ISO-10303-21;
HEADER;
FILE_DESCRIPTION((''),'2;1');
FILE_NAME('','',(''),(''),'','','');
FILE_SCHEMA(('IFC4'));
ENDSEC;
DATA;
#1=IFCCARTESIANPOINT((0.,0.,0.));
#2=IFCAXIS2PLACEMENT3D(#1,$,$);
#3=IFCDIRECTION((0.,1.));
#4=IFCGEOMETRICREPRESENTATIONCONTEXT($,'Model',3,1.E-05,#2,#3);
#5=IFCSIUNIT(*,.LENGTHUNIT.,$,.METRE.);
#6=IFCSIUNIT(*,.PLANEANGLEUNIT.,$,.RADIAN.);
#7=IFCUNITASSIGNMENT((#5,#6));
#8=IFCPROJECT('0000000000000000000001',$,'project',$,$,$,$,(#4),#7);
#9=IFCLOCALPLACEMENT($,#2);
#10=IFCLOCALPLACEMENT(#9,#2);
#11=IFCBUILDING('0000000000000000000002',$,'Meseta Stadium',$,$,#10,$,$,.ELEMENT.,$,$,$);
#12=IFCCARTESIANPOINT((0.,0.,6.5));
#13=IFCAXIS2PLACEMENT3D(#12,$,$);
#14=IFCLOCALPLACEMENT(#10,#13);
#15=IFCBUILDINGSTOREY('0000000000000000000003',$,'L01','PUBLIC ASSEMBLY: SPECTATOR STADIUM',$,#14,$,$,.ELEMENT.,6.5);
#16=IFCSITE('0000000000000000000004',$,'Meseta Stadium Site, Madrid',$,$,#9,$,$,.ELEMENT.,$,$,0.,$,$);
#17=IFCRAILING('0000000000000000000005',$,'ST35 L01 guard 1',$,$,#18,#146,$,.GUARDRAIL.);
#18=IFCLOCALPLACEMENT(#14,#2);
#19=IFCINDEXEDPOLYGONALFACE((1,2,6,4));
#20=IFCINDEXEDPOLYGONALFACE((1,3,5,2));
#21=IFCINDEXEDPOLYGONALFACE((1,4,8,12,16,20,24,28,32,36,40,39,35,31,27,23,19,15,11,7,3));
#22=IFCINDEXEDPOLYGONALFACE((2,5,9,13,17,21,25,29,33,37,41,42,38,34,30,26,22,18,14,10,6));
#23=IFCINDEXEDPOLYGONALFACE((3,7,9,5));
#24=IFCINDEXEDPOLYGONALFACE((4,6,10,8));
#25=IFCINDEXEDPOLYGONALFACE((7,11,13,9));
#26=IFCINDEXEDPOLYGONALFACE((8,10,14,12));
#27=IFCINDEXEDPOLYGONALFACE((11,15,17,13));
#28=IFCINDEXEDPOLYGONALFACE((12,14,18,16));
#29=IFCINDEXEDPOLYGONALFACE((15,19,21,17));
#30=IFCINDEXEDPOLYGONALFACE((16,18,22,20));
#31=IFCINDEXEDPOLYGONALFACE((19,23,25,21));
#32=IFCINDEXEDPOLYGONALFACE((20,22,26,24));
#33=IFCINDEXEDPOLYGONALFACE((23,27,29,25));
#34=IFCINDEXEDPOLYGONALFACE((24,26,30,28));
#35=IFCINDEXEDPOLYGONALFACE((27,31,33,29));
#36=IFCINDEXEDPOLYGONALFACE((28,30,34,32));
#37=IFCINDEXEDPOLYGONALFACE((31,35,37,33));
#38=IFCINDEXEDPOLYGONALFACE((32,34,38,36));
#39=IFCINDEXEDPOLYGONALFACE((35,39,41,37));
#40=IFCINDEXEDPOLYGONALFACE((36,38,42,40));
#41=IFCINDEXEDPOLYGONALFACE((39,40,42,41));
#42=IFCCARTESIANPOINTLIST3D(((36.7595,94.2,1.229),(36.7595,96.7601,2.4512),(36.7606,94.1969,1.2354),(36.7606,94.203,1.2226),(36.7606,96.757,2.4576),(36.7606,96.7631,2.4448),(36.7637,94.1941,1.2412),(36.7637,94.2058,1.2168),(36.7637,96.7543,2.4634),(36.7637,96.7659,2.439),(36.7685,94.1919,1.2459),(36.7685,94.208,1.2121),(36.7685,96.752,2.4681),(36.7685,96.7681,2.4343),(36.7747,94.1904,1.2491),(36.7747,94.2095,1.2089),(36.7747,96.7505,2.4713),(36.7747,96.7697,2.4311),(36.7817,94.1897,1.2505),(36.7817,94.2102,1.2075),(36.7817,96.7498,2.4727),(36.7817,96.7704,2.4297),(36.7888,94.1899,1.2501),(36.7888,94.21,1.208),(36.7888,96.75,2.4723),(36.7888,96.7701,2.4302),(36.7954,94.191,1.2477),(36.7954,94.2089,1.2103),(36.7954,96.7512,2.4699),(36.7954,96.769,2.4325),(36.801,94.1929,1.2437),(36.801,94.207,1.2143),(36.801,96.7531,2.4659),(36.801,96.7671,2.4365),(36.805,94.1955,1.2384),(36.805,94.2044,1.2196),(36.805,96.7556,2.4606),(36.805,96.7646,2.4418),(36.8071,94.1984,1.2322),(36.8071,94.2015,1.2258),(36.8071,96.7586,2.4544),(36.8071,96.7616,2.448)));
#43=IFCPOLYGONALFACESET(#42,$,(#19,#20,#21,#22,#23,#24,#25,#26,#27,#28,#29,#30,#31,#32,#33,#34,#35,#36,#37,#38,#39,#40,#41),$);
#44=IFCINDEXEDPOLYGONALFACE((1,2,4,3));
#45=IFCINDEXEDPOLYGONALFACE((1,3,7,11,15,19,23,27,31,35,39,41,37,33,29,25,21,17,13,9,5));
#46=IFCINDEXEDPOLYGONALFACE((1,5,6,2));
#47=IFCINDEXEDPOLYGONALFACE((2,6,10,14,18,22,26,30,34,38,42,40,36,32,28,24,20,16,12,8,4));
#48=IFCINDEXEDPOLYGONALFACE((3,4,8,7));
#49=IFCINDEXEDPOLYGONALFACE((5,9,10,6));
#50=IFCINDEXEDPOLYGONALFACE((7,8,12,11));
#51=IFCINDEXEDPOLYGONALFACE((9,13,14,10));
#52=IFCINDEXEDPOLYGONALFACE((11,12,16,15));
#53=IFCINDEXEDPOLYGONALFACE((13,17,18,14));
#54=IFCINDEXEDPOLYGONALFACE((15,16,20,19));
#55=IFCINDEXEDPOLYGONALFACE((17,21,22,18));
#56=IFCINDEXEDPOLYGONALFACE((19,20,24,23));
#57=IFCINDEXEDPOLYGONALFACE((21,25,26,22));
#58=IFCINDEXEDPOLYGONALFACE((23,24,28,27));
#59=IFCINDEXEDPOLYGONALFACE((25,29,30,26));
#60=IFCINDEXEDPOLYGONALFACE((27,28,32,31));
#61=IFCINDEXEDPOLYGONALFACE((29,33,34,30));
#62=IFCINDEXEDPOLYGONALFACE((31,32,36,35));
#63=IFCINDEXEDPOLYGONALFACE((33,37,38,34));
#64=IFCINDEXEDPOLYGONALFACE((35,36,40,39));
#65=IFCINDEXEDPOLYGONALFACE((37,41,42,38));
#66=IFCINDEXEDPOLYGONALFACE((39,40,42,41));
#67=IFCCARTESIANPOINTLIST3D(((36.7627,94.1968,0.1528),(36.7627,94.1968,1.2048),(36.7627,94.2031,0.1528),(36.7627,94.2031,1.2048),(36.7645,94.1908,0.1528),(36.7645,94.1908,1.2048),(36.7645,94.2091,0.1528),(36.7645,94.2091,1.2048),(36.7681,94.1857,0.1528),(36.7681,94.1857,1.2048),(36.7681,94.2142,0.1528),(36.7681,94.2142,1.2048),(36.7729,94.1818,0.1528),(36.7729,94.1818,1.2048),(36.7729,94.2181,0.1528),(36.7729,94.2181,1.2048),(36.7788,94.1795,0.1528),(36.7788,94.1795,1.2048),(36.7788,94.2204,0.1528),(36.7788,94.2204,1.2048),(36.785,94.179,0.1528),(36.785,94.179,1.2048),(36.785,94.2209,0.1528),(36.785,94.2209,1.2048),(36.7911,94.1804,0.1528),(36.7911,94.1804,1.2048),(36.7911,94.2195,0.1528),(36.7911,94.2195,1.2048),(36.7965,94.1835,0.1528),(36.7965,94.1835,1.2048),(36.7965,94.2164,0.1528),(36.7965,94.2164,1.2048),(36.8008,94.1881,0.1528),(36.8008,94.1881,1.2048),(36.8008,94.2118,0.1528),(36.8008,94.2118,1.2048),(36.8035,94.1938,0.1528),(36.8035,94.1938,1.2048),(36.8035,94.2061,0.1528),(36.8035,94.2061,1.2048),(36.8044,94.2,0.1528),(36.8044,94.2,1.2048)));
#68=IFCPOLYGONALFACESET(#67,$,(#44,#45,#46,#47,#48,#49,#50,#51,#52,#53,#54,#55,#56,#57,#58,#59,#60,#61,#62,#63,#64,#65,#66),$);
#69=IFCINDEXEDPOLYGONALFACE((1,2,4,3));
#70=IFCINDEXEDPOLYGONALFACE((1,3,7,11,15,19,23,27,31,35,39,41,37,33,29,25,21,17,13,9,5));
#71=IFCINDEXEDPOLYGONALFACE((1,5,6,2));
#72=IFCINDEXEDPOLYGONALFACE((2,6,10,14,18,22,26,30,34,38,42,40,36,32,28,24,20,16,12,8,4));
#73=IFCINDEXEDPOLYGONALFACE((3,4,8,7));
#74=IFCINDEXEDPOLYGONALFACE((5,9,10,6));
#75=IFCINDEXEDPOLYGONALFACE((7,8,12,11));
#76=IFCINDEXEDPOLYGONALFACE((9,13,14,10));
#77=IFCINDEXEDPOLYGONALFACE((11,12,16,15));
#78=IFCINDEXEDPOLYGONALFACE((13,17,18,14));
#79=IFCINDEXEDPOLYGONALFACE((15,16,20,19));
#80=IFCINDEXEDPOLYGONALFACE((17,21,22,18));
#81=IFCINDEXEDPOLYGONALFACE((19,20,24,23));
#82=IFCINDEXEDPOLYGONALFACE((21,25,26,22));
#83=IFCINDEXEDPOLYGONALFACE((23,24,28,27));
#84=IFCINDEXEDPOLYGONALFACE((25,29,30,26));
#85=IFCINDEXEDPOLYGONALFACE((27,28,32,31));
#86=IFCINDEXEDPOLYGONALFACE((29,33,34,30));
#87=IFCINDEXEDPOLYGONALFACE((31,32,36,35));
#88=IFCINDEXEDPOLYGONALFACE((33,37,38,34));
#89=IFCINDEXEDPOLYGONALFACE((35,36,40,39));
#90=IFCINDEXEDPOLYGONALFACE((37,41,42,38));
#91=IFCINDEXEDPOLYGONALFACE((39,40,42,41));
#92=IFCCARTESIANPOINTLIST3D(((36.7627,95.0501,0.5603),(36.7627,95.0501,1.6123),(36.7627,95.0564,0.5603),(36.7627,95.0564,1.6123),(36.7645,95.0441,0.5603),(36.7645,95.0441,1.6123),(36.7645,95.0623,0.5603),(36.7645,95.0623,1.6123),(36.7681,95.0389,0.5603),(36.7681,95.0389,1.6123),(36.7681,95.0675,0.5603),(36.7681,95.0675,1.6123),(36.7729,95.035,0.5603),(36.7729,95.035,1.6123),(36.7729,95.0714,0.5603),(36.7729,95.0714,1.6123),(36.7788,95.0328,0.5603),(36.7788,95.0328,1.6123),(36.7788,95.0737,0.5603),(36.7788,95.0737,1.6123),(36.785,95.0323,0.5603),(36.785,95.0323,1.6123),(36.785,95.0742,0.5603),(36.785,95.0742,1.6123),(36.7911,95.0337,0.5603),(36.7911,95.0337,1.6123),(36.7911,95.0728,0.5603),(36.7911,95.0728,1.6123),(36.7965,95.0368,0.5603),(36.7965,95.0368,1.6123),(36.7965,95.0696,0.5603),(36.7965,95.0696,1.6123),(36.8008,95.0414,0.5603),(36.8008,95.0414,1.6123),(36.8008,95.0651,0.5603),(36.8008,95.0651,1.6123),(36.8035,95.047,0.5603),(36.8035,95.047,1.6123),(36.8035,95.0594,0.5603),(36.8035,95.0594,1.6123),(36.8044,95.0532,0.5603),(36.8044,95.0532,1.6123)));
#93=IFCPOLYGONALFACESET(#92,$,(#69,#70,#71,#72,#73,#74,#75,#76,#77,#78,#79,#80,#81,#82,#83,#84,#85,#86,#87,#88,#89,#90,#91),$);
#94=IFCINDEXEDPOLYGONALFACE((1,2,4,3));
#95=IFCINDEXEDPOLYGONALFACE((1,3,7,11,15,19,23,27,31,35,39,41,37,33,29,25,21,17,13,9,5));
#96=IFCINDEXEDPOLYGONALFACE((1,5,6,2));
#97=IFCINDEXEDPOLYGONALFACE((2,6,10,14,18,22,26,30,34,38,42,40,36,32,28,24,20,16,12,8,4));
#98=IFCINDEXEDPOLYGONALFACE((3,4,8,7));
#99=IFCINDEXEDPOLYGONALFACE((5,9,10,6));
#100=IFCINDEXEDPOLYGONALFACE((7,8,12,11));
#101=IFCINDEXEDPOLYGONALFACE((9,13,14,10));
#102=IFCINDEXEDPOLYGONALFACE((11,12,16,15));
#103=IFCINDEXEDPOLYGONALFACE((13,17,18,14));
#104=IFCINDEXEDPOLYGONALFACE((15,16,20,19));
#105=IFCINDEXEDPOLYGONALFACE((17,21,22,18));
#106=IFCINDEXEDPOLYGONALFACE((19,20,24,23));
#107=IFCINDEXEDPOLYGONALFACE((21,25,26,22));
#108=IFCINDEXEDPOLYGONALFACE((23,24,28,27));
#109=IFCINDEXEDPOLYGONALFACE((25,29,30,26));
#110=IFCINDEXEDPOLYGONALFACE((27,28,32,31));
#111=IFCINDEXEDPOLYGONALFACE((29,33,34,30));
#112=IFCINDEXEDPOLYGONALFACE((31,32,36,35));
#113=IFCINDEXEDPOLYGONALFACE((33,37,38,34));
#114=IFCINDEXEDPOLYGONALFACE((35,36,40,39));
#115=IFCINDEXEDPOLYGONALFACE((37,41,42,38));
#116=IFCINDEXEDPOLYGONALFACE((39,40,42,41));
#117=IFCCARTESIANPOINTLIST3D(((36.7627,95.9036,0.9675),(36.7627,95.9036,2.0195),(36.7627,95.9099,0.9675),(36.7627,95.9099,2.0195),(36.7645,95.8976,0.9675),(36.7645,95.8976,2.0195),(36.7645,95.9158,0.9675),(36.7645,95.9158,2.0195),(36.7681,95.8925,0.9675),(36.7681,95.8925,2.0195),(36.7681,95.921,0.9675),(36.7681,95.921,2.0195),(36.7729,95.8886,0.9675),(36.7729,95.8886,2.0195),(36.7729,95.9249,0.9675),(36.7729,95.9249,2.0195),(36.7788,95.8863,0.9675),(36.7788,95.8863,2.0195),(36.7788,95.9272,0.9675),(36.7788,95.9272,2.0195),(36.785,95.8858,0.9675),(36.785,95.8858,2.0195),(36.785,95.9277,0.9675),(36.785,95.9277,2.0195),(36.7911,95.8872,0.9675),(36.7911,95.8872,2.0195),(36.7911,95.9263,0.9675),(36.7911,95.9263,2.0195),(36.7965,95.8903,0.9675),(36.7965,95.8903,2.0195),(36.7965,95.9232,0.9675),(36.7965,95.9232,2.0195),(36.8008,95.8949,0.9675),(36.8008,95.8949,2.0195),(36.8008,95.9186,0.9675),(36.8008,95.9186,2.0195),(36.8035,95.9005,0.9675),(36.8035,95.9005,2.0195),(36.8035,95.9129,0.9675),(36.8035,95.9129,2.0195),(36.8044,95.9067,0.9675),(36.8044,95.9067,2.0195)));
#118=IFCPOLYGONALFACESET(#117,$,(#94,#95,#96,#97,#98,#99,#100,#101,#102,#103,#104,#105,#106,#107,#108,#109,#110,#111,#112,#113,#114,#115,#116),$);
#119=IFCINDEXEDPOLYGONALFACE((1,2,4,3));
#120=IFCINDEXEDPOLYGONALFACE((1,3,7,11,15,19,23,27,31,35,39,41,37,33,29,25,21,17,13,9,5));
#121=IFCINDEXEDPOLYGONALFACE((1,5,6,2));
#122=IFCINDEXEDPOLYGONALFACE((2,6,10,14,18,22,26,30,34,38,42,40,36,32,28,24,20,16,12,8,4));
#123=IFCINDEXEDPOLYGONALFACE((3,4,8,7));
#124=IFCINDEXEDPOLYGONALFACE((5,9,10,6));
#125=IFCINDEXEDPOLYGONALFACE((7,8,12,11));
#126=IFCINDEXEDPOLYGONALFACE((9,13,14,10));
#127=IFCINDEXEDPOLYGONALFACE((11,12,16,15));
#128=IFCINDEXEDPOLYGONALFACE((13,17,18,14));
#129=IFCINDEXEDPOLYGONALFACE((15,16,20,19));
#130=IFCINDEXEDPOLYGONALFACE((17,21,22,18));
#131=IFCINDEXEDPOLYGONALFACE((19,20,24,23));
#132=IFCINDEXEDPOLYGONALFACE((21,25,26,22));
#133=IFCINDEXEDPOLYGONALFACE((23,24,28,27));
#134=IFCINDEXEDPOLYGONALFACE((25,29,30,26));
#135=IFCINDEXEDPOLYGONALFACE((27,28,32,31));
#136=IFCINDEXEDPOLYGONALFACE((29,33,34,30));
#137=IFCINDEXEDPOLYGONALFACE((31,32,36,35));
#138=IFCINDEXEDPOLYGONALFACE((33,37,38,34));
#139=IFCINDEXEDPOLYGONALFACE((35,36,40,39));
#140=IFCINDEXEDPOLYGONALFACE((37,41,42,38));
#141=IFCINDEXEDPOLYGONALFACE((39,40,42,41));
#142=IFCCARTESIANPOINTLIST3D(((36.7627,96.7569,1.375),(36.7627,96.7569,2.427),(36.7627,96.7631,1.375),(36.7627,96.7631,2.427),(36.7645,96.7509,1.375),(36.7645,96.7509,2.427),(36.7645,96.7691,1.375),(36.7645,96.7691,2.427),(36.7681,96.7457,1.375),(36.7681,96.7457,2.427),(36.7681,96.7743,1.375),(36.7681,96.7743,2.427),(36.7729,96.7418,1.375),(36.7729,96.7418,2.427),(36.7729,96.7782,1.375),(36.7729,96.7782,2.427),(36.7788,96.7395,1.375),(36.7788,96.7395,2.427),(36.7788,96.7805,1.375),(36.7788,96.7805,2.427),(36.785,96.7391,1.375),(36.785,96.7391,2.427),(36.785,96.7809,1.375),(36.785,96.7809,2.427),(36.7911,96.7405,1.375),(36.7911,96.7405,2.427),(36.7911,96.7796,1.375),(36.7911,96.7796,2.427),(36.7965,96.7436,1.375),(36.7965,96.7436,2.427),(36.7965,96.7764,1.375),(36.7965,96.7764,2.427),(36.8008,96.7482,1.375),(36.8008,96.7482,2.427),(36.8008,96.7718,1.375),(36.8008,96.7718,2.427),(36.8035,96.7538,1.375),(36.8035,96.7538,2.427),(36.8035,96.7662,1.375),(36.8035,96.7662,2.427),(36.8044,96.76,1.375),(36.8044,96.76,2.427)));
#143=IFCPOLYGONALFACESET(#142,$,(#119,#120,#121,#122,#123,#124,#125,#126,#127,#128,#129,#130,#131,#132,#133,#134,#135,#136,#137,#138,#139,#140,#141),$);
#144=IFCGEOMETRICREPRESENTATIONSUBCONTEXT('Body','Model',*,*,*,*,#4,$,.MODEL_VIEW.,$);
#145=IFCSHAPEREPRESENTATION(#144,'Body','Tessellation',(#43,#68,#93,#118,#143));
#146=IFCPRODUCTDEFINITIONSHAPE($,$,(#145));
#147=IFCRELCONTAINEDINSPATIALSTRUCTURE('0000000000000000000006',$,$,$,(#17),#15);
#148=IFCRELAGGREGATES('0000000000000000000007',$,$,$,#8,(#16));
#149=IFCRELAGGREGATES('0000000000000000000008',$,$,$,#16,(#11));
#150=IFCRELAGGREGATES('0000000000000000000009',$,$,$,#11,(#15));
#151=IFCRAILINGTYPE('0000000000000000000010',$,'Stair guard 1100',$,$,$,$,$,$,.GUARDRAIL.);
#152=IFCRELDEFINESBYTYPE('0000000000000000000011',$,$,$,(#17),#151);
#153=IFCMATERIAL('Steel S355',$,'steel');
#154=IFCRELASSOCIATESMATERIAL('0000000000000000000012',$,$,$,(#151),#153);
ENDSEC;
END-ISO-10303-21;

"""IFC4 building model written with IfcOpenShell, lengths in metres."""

from ifc_helpers import new_model, si_unit, direction, frame, origin, origin_2d, place, context, subcontext, project, spatial, circle, extrude, material, type_object, element, save


model = new_model("IFC4")

# Units and contexts
model_context = context("Model", 3, precision=1e-05, world=origin(), true_north=direction((0.0, 1.0)))
body_context = subcontext(model_context, "Body", "Model", "MODEL_VIEW")
ifc_project = project(units=[si_unit("LENGTHUNIT", "METRE"), si_unit("PLANEANGLEUNIT", "RADIAN")], contexts=[model_context])

# Site, building, storey
site_placement = place(None, origin())
site = spatial("IfcSite", under=ifc_project, at=site_placement, Name="Meseta Stadium Site, Madrid", CompositionType="ELEMENT", RefElevation=0.0)
building_placement = place(site_placement, origin())
building = spatial("IfcBuilding", under=site, at=building_placement, Name="Meseta Stadium", CompositionType="ELEMENT")
storey_placement = place(building_placement, frame((0.0, 0.0, 6.5)))
storey = spatial("IfcBuildingStorey", under=building, at=storey_placement, Name="L01", Description="PUBLIC ASSEMBLY: SPECTATOR STADIUM", CompositionType="ELEMENT", Elevation=6.5)

# Railing
ifc_material_1 = material(Name="Steel S355", Category="steel")
railing_type_1 = type_object("IfcRailingType", Name="Stair guard 1100", PredefinedType="GUARDRAIL", material=ifc_material_1)
railing_1_placement = place(storey_placement, frame((36.7834, 94.2, 0.1528)))
element("IfcRailing", 1, at=railing_1_placement, inside=storey, type_object=railing_type_1, Name="ST35 L01 guard 1", PredefinedType="GUARDRAIL", context=body_context, shape_type="SweptSolid", body=[
    extrude(circle(Radius=0.0239, at=origin_2d()), frame((0.0, 0.0, 1.0762), z_axis=(0.0, 0.902437, 0.430822), x_axis=(-1.0, 0.0, 0.0)), (0.0, 0.0, 1.0), 2.8369),
    extrude(circle(Radius=0.021, at=origin_2d()), origin(), (0.0, 0.0, 1.0), 1.052),
    extrude(circle(Radius=0.021, at=origin_2d()), frame((0.0, 0.8533, 0.4075)), (0.0, 0.0, 1.0), 1.052),
    extrude(circle(Radius=0.021, at=origin_2d()), frame((0.0, 1.7068, 0.8147)), (0.0, 0.0, 1.0), 1.052),
    extrude(circle(Radius=0.021, at=origin_2d()), frame((0.0, 2.5601, 1.2222)), (0.0, 0.0, 1.0), 1.052),
])

save(model, "model.ifc")
